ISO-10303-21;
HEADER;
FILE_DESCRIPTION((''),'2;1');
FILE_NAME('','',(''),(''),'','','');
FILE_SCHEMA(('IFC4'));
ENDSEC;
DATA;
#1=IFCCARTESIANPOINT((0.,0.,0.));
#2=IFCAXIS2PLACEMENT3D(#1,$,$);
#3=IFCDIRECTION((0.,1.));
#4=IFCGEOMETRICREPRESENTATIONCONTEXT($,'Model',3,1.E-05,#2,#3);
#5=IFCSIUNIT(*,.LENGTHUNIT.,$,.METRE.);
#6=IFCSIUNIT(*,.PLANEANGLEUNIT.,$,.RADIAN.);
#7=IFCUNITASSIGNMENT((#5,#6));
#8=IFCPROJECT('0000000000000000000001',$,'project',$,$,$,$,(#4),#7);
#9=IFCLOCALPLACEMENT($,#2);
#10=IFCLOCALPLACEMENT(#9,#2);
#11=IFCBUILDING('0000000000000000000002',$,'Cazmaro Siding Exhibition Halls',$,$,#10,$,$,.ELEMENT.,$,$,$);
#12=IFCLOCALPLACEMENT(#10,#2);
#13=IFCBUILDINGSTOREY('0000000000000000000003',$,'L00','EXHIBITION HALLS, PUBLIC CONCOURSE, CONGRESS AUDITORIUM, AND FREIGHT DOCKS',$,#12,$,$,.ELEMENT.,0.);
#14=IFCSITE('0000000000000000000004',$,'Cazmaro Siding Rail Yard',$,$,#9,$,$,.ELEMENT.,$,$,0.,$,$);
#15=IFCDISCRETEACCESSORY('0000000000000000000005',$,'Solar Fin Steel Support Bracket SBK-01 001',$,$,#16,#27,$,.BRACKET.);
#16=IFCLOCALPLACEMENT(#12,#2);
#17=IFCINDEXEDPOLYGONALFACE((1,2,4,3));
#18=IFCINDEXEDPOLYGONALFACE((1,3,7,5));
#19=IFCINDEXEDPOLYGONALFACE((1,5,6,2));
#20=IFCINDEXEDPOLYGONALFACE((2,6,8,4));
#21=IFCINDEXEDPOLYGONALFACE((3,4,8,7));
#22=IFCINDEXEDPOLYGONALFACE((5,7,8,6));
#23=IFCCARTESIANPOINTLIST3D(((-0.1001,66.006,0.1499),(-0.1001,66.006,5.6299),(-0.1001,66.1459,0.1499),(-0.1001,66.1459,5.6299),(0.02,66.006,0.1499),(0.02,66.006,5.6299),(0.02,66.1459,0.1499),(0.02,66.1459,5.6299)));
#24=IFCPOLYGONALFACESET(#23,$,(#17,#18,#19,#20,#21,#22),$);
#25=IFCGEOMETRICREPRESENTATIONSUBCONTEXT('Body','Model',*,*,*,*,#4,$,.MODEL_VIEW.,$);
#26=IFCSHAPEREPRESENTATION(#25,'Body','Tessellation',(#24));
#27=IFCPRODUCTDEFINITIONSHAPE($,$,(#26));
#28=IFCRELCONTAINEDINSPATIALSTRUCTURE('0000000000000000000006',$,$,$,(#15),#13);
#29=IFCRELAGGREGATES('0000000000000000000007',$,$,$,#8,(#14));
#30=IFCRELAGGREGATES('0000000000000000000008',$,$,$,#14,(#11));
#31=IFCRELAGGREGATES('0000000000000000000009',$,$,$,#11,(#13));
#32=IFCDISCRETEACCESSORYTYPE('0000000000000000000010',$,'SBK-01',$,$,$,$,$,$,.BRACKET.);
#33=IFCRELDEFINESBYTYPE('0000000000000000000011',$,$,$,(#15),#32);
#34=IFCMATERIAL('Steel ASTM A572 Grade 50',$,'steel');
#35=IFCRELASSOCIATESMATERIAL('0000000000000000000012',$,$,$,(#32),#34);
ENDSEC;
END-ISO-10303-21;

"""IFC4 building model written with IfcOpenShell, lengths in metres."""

from ifc_helpers import new_model, si_unit, direction, frame, origin, origin_2d, place, context, subcontext, project, spatial, rectangle, extrude, material, type_object, element, save


model = new_model("IFC4")

# Units and contexts
model_context = context("Model", 3, precision=1e-05, world=origin(), true_north=direction((0.0, 1.0)))
body_context = subcontext(model_context, "Body", "Model", "MODEL_VIEW")
ifc_project = project(units=[si_unit("LENGTHUNIT", "METRE"), si_unit("PLANEANGLEUNIT", "RADIAN")], contexts=[model_context])

# Site, building, storey
site_placement = place(None, origin())
site = spatial("IfcSite", under=ifc_project, at=site_placement, Name="Cazmaro Siding Rail Yard", CompositionType="ELEMENT", RefElevation=0.0)
building_placement = place(site_placement, origin())
building = spatial("IfcBuilding", under=site, at=building_placement, Name="Cazmaro Siding Exhibition Halls", CompositionType="ELEMENT")
storey_placement = place(building_placement, origin())
storey = spatial("IfcBuildingStorey", under=building, at=storey_placement, Name="L00", Description="EXHIBITION HALLS, PUBLIC CONCOURSE, CONGRESS AUDITORIUM, AND FREIGHT DOCKS", CompositionType="ELEMENT", Elevation=0.0)

# Discrete accessory
ifc_material_1 = material(Name="Steel ASTM A572 Grade 50", Category="steel")
discrete_accessory_type = type_object("IfcDiscreteAccessoryType", Name="SBK-01", PredefinedType="BRACKET", material=ifc_material_1)
discrete_accessory_placement = place(storey_placement, frame((-0.04, 66.0759, 0.1499), z_axis=(0.0, 0.0, 1.0), x_axis=(1.0, 0.0, 0.0)))
element("IfcDiscreteAccessory", 1, at=discrete_accessory_placement, inside=storey, type_object=discrete_accessory_type, Name="Solar Fin Steel Support Bracket SBK-01 001", PredefinedType="BRACKET", context=body_context, shape_type="SweptSolid", body=[
    extrude(rectangle(XDim=0.1201, YDim=0.1399, at=origin_2d()), origin(), (0.0, 0.0, 1.0), 5.48),
])

save(model, "model.ifc")
